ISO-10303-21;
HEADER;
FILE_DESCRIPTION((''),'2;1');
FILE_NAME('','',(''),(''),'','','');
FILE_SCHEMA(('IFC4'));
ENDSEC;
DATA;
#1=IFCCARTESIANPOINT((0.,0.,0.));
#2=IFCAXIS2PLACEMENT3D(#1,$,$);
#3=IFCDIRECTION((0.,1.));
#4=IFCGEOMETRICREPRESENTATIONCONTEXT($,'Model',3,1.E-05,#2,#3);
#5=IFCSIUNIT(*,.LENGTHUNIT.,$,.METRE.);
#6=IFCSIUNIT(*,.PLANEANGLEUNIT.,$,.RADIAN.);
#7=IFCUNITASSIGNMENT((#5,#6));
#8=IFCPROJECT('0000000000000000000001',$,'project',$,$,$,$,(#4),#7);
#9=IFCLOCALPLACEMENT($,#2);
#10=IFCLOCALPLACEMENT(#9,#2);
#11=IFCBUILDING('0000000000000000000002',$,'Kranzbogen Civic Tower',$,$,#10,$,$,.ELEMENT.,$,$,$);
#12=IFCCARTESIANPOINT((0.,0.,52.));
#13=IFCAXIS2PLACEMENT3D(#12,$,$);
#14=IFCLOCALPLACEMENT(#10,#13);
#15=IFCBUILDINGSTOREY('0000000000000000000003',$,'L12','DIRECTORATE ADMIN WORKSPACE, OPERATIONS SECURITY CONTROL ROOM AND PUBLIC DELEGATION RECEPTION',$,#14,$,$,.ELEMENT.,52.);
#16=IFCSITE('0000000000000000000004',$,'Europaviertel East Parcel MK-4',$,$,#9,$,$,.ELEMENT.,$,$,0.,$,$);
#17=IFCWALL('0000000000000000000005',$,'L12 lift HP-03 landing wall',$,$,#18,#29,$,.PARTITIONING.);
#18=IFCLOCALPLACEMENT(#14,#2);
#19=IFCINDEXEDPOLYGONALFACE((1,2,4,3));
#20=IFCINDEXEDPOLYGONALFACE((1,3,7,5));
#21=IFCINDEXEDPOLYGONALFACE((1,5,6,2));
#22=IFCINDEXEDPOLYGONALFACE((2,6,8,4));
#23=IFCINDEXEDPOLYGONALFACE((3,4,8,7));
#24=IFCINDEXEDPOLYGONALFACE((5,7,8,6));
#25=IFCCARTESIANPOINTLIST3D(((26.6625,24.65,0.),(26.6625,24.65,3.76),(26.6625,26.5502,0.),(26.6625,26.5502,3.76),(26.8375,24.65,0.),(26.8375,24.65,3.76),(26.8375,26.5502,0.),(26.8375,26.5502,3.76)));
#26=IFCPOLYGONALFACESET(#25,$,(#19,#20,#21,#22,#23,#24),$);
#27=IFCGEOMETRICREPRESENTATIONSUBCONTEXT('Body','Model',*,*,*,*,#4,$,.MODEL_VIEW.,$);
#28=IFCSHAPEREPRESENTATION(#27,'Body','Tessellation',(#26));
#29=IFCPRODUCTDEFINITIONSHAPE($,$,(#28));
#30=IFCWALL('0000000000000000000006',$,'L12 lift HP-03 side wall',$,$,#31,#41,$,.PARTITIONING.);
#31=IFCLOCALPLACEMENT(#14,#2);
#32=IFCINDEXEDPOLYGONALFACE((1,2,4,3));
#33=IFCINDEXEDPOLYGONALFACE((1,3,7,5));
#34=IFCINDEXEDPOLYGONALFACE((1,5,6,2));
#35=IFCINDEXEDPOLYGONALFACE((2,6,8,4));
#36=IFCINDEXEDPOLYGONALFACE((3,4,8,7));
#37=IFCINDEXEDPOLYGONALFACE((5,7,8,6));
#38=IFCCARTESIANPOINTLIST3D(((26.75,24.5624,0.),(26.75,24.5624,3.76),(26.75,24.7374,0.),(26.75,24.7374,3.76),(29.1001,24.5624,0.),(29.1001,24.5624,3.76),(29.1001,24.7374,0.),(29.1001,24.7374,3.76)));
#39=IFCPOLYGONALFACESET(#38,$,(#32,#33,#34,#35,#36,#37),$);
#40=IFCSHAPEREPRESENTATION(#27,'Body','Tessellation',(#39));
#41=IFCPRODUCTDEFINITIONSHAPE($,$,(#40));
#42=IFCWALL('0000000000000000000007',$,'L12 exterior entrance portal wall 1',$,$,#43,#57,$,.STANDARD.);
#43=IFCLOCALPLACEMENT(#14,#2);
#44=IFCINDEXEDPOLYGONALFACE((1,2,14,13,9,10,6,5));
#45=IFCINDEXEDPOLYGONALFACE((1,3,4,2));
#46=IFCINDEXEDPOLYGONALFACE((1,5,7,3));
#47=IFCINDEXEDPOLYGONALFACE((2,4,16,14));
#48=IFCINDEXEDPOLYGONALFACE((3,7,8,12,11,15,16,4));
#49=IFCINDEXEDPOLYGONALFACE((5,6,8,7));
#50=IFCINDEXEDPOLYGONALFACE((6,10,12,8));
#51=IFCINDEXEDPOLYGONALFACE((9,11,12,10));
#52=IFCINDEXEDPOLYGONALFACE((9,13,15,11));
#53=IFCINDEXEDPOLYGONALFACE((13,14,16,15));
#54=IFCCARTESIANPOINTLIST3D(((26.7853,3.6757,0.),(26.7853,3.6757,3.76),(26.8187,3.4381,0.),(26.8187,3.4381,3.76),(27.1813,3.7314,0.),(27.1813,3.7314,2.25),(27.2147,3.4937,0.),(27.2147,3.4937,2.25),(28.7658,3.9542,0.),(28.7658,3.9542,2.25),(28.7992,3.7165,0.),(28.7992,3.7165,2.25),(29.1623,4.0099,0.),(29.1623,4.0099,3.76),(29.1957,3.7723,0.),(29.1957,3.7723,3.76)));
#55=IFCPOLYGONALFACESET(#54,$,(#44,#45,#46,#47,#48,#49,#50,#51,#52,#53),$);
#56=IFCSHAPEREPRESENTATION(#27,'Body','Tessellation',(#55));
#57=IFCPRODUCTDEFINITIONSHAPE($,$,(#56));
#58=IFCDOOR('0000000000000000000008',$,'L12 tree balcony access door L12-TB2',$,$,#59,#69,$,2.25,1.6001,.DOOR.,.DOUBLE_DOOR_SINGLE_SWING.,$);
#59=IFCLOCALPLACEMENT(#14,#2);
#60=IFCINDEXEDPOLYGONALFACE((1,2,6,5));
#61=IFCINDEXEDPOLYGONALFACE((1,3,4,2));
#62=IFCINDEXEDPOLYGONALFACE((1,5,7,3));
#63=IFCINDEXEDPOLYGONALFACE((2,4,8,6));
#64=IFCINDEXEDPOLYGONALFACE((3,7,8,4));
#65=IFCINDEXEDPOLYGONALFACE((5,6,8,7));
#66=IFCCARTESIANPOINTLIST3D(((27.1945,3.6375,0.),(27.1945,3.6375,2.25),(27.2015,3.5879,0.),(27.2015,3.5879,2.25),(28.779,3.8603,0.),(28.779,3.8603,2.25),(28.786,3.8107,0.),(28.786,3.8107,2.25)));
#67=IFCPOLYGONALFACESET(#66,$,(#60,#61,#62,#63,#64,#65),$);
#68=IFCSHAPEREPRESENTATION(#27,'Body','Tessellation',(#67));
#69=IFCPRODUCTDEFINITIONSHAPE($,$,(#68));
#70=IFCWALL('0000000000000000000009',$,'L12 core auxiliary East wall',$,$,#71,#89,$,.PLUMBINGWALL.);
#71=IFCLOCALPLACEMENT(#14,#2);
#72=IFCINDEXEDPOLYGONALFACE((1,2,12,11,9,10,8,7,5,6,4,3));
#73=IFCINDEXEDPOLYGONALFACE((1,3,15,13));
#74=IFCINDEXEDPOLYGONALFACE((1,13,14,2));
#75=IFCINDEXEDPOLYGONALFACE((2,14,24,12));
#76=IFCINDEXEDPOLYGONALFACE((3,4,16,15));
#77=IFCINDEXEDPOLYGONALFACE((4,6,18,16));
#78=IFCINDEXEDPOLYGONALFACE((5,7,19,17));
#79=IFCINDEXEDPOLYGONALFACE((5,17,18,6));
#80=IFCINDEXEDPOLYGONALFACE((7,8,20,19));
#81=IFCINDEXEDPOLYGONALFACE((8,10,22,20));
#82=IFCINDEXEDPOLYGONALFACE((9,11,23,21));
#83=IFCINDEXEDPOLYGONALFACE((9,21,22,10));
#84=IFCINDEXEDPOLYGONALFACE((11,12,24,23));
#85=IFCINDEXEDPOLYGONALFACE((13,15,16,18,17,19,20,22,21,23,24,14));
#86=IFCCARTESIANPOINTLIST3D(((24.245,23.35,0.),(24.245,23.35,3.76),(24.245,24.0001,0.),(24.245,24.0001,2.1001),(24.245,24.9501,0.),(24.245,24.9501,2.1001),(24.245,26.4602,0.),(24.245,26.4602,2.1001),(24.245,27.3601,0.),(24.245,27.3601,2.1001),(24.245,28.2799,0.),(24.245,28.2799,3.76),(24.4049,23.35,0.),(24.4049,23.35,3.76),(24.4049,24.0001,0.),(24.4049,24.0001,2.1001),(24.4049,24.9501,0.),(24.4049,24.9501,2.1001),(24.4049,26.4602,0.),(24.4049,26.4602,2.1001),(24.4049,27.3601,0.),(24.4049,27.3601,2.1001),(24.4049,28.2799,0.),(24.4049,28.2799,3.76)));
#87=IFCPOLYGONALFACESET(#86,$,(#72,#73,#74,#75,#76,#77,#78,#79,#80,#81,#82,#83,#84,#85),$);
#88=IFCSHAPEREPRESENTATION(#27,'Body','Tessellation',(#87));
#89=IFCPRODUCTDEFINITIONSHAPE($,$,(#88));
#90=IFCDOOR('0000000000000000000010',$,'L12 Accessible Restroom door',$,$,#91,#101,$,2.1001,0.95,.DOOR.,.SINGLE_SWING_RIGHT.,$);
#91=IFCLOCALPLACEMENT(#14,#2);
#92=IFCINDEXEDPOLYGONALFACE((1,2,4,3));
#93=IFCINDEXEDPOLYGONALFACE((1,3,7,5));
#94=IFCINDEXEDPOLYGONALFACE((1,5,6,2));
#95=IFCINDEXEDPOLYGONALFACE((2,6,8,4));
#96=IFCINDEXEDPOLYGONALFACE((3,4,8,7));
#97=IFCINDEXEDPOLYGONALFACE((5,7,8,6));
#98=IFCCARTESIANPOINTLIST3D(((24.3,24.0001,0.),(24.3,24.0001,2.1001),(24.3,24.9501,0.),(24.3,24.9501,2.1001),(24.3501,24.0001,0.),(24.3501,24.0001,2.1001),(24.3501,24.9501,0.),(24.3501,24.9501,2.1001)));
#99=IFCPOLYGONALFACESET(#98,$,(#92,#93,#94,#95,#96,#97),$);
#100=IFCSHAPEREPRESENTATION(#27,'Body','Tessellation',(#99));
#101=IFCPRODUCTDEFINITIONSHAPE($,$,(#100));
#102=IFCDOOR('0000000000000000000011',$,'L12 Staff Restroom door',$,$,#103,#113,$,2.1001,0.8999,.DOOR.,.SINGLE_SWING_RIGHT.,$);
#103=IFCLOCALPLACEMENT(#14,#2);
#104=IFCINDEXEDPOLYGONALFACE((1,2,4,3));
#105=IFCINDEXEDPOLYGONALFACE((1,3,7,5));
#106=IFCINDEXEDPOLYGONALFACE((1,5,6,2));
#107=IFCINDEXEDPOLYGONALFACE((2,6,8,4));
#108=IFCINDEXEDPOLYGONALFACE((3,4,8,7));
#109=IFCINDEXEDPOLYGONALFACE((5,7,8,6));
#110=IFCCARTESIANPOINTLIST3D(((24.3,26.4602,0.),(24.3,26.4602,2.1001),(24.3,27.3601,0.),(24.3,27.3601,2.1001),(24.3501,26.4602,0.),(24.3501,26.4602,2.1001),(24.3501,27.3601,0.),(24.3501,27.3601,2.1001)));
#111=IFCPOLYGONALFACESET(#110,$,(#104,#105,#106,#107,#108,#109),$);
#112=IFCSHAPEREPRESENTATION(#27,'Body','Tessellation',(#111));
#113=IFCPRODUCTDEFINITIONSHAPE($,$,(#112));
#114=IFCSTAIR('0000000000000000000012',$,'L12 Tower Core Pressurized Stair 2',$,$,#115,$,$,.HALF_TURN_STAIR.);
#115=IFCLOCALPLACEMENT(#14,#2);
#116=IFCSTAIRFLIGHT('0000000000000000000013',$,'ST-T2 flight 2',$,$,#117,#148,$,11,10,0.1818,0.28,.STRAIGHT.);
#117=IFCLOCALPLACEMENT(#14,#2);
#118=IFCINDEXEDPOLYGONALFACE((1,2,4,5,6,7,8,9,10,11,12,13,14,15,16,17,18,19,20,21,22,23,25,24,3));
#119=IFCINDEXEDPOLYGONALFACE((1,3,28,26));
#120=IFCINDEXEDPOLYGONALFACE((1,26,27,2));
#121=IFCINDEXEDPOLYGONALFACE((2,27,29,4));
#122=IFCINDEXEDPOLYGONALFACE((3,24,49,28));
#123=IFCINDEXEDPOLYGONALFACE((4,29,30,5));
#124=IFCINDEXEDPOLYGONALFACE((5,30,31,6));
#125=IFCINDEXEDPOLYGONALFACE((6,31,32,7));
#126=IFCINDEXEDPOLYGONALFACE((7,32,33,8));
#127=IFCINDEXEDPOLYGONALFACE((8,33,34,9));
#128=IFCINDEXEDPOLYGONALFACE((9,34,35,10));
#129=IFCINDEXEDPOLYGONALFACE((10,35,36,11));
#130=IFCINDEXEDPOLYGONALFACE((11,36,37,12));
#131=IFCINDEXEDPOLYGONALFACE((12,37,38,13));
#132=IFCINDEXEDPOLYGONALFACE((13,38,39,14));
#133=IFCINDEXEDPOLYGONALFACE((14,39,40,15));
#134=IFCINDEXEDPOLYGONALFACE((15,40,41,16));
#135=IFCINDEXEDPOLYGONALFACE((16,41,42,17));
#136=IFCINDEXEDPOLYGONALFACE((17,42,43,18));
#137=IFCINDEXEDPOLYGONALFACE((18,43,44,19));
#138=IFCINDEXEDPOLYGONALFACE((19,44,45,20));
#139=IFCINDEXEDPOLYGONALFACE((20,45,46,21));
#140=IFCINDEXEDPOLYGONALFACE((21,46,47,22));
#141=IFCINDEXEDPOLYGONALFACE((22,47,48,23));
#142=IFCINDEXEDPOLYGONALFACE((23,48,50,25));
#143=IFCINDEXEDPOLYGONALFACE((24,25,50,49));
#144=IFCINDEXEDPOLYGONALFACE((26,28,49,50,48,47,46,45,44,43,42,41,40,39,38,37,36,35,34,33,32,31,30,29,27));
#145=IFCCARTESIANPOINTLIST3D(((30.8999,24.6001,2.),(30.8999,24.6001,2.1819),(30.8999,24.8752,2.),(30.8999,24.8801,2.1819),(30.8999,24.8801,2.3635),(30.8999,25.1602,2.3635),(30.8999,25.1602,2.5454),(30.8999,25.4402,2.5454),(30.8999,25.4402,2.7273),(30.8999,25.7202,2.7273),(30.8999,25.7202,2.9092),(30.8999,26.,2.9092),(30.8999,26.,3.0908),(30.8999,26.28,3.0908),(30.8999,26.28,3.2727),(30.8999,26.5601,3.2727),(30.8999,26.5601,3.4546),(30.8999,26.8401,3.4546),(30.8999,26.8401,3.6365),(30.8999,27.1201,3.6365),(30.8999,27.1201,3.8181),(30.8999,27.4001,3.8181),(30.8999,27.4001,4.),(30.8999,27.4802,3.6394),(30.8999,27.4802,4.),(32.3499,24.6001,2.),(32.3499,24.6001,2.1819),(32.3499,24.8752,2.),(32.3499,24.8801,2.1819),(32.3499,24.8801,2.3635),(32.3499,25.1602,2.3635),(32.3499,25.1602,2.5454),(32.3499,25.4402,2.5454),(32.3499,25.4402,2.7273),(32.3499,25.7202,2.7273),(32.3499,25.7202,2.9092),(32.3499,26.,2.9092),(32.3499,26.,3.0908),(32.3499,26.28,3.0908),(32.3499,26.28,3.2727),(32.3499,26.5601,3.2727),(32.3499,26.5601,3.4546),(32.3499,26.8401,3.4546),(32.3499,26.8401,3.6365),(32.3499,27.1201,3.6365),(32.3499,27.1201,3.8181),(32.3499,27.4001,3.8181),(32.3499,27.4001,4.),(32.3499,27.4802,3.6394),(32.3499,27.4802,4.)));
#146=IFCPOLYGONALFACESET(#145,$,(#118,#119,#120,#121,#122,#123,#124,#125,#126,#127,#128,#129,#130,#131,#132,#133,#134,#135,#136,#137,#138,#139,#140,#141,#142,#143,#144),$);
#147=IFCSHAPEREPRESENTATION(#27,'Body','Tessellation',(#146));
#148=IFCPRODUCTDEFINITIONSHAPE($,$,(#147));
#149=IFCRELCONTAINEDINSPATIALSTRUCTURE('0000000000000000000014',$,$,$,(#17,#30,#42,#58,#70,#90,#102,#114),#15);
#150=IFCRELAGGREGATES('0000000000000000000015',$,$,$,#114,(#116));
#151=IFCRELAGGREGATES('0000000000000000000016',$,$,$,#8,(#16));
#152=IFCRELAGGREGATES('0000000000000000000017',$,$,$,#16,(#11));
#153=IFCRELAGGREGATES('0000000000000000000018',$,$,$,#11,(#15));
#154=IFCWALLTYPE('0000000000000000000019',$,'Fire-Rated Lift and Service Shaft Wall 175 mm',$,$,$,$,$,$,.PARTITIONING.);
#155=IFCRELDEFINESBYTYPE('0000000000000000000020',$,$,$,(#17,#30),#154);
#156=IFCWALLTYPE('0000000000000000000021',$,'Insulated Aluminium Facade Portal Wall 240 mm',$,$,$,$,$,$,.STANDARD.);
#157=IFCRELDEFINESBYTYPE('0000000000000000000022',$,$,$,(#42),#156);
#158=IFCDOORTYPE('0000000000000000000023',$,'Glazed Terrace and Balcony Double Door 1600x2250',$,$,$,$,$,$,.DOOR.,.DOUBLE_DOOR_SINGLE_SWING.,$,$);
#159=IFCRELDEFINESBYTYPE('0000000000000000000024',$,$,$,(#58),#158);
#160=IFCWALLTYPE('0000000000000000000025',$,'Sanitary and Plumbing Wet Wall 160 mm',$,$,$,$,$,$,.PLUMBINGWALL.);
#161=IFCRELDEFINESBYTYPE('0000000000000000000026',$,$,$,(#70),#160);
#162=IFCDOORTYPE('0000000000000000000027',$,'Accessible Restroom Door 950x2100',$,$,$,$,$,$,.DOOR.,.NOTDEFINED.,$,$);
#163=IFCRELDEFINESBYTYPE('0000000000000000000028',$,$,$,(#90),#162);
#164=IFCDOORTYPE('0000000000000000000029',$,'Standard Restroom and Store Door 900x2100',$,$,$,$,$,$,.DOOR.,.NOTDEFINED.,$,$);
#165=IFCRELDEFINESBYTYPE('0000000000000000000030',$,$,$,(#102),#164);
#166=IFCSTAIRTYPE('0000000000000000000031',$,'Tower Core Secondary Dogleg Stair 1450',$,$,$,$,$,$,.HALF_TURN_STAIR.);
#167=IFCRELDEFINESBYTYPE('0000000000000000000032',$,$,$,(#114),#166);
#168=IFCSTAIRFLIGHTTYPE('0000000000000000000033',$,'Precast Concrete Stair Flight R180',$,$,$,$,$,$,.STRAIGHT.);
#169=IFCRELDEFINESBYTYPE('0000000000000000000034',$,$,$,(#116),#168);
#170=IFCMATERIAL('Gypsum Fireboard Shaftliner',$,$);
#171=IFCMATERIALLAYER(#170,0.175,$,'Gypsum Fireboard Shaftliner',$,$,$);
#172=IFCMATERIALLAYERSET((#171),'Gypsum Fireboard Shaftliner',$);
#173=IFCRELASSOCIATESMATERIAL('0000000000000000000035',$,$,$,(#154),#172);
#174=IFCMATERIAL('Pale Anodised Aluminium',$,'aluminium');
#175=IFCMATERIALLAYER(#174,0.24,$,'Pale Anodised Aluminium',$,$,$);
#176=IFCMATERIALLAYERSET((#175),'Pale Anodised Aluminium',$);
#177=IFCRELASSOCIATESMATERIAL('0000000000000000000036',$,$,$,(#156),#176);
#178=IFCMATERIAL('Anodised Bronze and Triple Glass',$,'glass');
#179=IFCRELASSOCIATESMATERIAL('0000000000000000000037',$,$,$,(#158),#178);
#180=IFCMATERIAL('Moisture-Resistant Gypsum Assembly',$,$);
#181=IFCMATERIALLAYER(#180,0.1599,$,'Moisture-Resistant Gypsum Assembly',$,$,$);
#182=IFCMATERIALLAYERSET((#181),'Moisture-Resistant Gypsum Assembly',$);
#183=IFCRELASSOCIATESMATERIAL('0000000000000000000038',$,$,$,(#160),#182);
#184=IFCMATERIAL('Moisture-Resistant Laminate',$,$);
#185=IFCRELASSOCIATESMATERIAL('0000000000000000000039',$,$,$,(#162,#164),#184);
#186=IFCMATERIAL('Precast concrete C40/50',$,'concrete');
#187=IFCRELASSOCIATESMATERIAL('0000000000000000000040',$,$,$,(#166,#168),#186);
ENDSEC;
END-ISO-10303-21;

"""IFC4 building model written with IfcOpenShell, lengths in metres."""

from ifc_helpers import new_model, si_unit, direction, frame, frame_2d, origin, place, context, subcontext, project, spatial, polyline, rectangle, outline, extrude, material, layer, layer_set, type_object, element, fill, aggregate, save


model = new_model("IFC4")

# Units and contexts
model_context = context("Model", 3, precision=1e-05, world=origin(), true_north=direction((0.0, 1.0)))
body_context = subcontext(model_context, "Body", "Model", "MODEL_VIEW")
ifc_project = project(units=[si_unit("LENGTHUNIT", "METRE"), si_unit("PLANEANGLEUNIT", "RADIAN")], contexts=[model_context])

# Site, building, storey
site_placement = place(None, origin())
site = spatial("IfcSite", under=ifc_project, at=site_placement, Name="Europaviertel East Parcel MK-4", CompositionType="ELEMENT", RefElevation=0.0)
building_placement = place(site_placement, origin())
building = spatial("IfcBuilding", under=site, at=building_placement, Name="Kranzbogen Civic Tower", CompositionType="ELEMENT")
storey_placement = place(building_placement, frame((0.0, 0.0, 52.0)))
storey = spatial("IfcBuildingStorey", under=building, at=storey_placement, Name="L12", Description="DIRECTORATE ADMIN WORKSPACE, OPERATIONS SECURITY CONTROL ROOM AND PUBLIC DELEGATION RECEPTION", CompositionType="ELEMENT", Elevation=52.0)

# Shared definitions
ifc_material_1 = material(Name="Pale Anodised Aluminium", Category="aluminium")

# Walls
ifc_material_2 = material(Name="Gypsum Fireboard Shaftliner")
ifc_layer_1 = layer(ifc_material_2, 0.175, Name="Gypsum Fireboard Shaftliner")
ifc_layer_set_1 = layer_set([ifc_layer_1], Name="Gypsum Fireboard Shaftliner")
wall_type_1 = type_object("IfcWallType", Name="Fire-Rated Lift and Service Shaft Wall 175 mm", PredefinedType="PARTITIONING", material=ifc_layer_set_1)
wall_1_placement = place(storey_placement, frame((26.75, 24.6499, 0.0), z_axis=(0.0, 0.0, 1.0), x_axis=(0.0, 1.0, 0.0)))
element("IfcWall", 1, at=wall_1_placement, inside=storey, type_object=wall_type_1, Name="L12 lift HP-03 landing wall", PredefinedType="PARTITIONING", context=body_context, shape_type="SweptSolid", body=[
    extrude(rectangle(XDim=1.9001, YDim=0.175, at=frame_2d((0.9502, 0.0))), origin(), (0.0, 0.0, 1.0), 3.76),
])
wall_2_placement = place(storey_placement, frame((26.75, 24.6499, 0.0), z_axis=(0.0, 0.0, 1.0), x_axis=(1.0, 0.0, 0.0)))
element("IfcWall", 2, at=wall_2_placement, inside=storey, type_object=wall_type_1, Name="L12 lift HP-03 side wall", PredefinedType="PARTITIONING", context=body_context, shape_type="SweptSolid", body=[
    extrude(rectangle(XDim=2.3501, YDim=0.175, at=frame_2d((1.175, 0.0))), origin(), (0.0, 0.0, 1.0), 3.76),
])

# Wall, opening, door
ifc_layer_2 = layer(ifc_material_1, 0.24, Name="Pale Anodised Aluminium")
ifc_layer_set_2 = layer_set([ifc_layer_2], Name="Pale Anodised Aluminium")
wall_type_2 = type_object("IfcWallType", Name="Insulated Aluminium Facade Portal Wall 240 mm", PredefinedType="STANDARD", material=ifc_layer_set_2)
wall_3_placement = place(storey_placement, frame((26.802, 3.5569, 0.0), z_axis=(0.0, 0.0, 1.0), x_axis=(0.990258, 0.139242, 0.0)))
wall_3 = element("IfcWall", 3, at=wall_3_placement, inside=storey, type_object=wall_type_2, Name="L12 exterior entrance portal wall 1", PredefinedType="STANDARD", context=body_context, shape_type="SweptSolid", body=[
    extrude(rectangle(XDim=2.4004, YDim=0.24, at=frame_2d((1.2002, 0.0))), origin(), (0.0, 0.0, 1.0), 3.76),
])
opening_1_placement = place(wall_3_placement, frame((0.3999, 0.0, 0.0)))
opening_1 = element("IfcOpeningElement", 4, at=opening_1_placement, cuts=wall_3, PredefinedType="OPENING", context=body_context, shape_type="SweptSolid", body=[
    extrude(rectangle(XDim=1.6001, YDim=2.25, at=frame_2d((0.8, 1.125))), frame((0.0, 0.1299, 0.0), z_axis=(0.0, -1.0, 0.0), x_axis=(1.0, 0.0, 0.0)), (0.0, 0.0, 1.0), 0.26),
])
ifc_material_3 = material(Name="Anodised Bronze and Triple Glass", Category="glass")
door_type_1 = type_object("IfcDoorType", Name="Glazed Terrace and Balcony Double Door 1600x2250", OperationType="DOUBLE_DOOR_SINGLE_SWING", PredefinedType="DOOR", material=ifc_material_3)
door_1_placement = place(opening_1_placement, frame((1.6001, 0.0, 0.0), z_axis=(0.0, 0.0, 1.0), x_axis=(-1.0, 0.0, 0.0)))
door_1 = element("IfcDoor", 5, at=door_1_placement, inside=storey, type_object=door_type_1, Name="L12 tree balcony access door L12-TB2", OperationType="DOUBLE_DOOR_SINGLE_SWING", OverallHeight=2.25, OverallWidth=1.6001, PredefinedType="DOOR", context=body_context, shape_type="SweptSolid", body=[
    extrude(rectangle(XDim=1.6001, YDim=2.25, at=frame_2d((0.8, 1.125))), frame((0.0, 0.0249, 0.0), z_axis=(0.0, -1.0, 0.0), x_axis=(1.0, 0.0, 0.0)), (0.0, 0.0, 1.0), 0.05),
])
fill(opening_1, door_1)

# Wall, openings, doors
ifc_material_4 = material(Name="Moisture-Resistant Gypsum Assembly")
ifc_layer_3 = layer(ifc_material_4, 0.1599, Name="Moisture-Resistant Gypsum Assembly")
ifc_layer_set_3 = layer_set([ifc_layer_3], Name="Moisture-Resistant Gypsum Assembly")
wall_type_3 = type_object("IfcWallType", Name="Sanitary and Plumbing Wet Wall 160 mm", PredefinedType="PLUMBINGWALL", material=ifc_layer_set_3)
wall_4_placement = place(storey_placement, frame((24.325, 23.3501, 0.0), z_axis=(0.0, 0.0, 1.0), x_axis=(0.0, 1.0, 0.0)))
wall_4 = element("IfcWall", 6, at=wall_4_placement, inside=storey, type_object=wall_type_3, Name="L12 core auxiliary East wall", PredefinedType="PLUMBINGWALL", context=body_context, shape_type="SweptSolid", body=[
    extrude(rectangle(XDim=4.9299, YDim=0.1599, at=frame_2d((2.4648, 0.0))), origin(), (0.0, 0.0, 1.0), 3.76),
])
opening_2_placement = place(wall_4_placement, frame((0.6499, 0.0, 0.0)))
opening_2 = element("IfcOpeningElement", 7, at=opening_2_placement, cuts=wall_4, PredefinedType="OPENING", context=body_context, shape_type="SweptSolid", body=[
    extrude(rectangle(XDim=0.95, YDim=2.1001, at=frame_2d((0.4751, 1.05))), frame((0.0, 0.0898, 0.0), z_axis=(0.0, -1.0, 0.0), x_axis=(1.0, 0.0, 0.0)), (0.0, 0.0, 1.0), 0.1799),
])
opening_3_placement = place(wall_4_placement, frame((3.1101, 0.0, 0.0)))
opening_3 = element("IfcOpeningElement", 8, at=opening_3_placement, cuts=wall_4, PredefinedType="OPENING", context=body_context, shape_type="SweptSolid", body=[
    extrude(rectangle(XDim=0.8999, YDim=2.1001, at=frame_2d((0.45, 1.05))), frame((0.0, 0.0898, 0.0), z_axis=(0.0, -1.0, 0.0), x_axis=(1.0, 0.0, 0.0)), (0.0, 0.0, 1.0), 0.1799),
])
ifc_material_5 = material(Name="Moisture-Resistant Laminate")
door_type_2 = type_object("IfcDoorType", Name="Accessible Restroom Door 950x2100", OperationType="NOTDEFINED", PredefinedType="DOOR", material=ifc_material_5)
door_2_placement = place(opening_2_placement, origin())
door_2 = element("IfcDoor", 9, at=door_2_placement, inside=storey, type_object=door_type_2, Name="L12 Accessible Restroom door", OperationType="SINGLE_SWING_RIGHT", OverallHeight=2.1001, OverallWidth=0.95, PredefinedType="DOOR", context=body_context, shape_type="SweptSolid", body=[
    extrude(rectangle(XDim=0.95, YDim=2.1001, at=frame_2d((0.4751, 1.05))), frame((0.0, 0.0249, 0.0), z_axis=(0.0, -1.0, 0.0), x_axis=(1.0, 0.0, 0.0)), (0.0, 0.0, 1.0), 0.05),
])
fill(opening_2, door_2)
door_type_3 = type_object("IfcDoorType", Name="Standard Restroom and Store Door 900x2100", OperationType="NOTDEFINED", PredefinedType="DOOR", material=ifc_material_5)
door_3_placement = place(opening_3_placement, origin())
door_3 = element("IfcDoor", 10, at=door_3_placement, inside=storey, type_object=door_type_3, Name="L12 Staff Restroom door", OperationType="SINGLE_SWING_RIGHT", OverallHeight=2.1001, OverallWidth=0.8999, PredefinedType="DOOR", context=body_context, shape_type="SweptSolid", body=[
    extrude(rectangle(XDim=0.8999, YDim=2.1001, at=frame_2d((0.45, 1.05))), frame((0.0, 0.0249, 0.0), z_axis=(0.0, -1.0, 0.0), x_axis=(1.0, 0.0, 0.0)), (0.0, 0.0, 1.0), 0.05),
])
fill(opening_3, door_3)

# Stair, stair flight
ifc_material_6 = material(Name="Precast concrete C40/50", Category="concrete")
stair_type = type_object("IfcStairType", Name="Tower Core Secondary Dogleg Stair 1450", PredefinedType="HALF_TURN_STAIR", material=ifc_material_6)
stair_placement = place(storey_placement, origin())
stair = element("IfcStair", 11, at=stair_placement, inside=storey, type_object=stair_type, Name="L12 Tower Core Pressurized Stair 2", PredefinedType="HALF_TURN_STAIR")
stair_flight_type = type_object("IfcStairFlightType", Name="Precast Concrete Stair Flight R180", PredefinedType="STRAIGHT", material=ifc_material_6)
stair_flight_placement = place(storey_placement, frame((31.625, 24.6001, 2.0), z_axis=(0.0, 0.0, 1.0), x_axis=(0.0, 1.0, 0.0)))
stair_flight = element("IfcStairFlight", 12, at=stair_flight_placement, type_object=stair_flight_type, Name="ST-T2 flight 2", NumberOfRisers=11, NumberOfTreads=10, PredefinedType="STRAIGHT", RiserHeight=0.1818, TreadLength=0.28, context=body_context, shape_type="SweptSolid", body=[
    extrude(outline(polyline([(0.0, 0.0), (0.0, 0.1819), (0.28, 0.1819), (0.28, 0.3635), (0.5601, 0.3635), (0.5601, 0.5454), (0.8401, 0.5454), (0.8401, 0.7273), (1.1201, 0.7273), (1.1201, 0.9092), (1.3999, 0.9092), (1.3999, 1.0908), (1.6799, 1.0908), (1.6799, 1.2727), (1.96, 1.2727), (1.96, 1.4546), (2.24, 1.4546), (2.24, 1.6365), (2.52, 1.6365), (2.52, 1.8181), (2.8, 1.8181), (2.8, 2.0), (2.8801, 2.0), (2.8801, 1.6394), (0.2751, 0.0), (0.0, 0.0)])), frame((0.0, 0.7251, 0.0), z_axis=(0.0, -1.0, 0.0), x_axis=(1.0, 0.0, 0.0)), (0.0, 0.0, 1.0), 1.45),
])
aggregate(stair, [stair_flight])

save(model, "model.ifc")
